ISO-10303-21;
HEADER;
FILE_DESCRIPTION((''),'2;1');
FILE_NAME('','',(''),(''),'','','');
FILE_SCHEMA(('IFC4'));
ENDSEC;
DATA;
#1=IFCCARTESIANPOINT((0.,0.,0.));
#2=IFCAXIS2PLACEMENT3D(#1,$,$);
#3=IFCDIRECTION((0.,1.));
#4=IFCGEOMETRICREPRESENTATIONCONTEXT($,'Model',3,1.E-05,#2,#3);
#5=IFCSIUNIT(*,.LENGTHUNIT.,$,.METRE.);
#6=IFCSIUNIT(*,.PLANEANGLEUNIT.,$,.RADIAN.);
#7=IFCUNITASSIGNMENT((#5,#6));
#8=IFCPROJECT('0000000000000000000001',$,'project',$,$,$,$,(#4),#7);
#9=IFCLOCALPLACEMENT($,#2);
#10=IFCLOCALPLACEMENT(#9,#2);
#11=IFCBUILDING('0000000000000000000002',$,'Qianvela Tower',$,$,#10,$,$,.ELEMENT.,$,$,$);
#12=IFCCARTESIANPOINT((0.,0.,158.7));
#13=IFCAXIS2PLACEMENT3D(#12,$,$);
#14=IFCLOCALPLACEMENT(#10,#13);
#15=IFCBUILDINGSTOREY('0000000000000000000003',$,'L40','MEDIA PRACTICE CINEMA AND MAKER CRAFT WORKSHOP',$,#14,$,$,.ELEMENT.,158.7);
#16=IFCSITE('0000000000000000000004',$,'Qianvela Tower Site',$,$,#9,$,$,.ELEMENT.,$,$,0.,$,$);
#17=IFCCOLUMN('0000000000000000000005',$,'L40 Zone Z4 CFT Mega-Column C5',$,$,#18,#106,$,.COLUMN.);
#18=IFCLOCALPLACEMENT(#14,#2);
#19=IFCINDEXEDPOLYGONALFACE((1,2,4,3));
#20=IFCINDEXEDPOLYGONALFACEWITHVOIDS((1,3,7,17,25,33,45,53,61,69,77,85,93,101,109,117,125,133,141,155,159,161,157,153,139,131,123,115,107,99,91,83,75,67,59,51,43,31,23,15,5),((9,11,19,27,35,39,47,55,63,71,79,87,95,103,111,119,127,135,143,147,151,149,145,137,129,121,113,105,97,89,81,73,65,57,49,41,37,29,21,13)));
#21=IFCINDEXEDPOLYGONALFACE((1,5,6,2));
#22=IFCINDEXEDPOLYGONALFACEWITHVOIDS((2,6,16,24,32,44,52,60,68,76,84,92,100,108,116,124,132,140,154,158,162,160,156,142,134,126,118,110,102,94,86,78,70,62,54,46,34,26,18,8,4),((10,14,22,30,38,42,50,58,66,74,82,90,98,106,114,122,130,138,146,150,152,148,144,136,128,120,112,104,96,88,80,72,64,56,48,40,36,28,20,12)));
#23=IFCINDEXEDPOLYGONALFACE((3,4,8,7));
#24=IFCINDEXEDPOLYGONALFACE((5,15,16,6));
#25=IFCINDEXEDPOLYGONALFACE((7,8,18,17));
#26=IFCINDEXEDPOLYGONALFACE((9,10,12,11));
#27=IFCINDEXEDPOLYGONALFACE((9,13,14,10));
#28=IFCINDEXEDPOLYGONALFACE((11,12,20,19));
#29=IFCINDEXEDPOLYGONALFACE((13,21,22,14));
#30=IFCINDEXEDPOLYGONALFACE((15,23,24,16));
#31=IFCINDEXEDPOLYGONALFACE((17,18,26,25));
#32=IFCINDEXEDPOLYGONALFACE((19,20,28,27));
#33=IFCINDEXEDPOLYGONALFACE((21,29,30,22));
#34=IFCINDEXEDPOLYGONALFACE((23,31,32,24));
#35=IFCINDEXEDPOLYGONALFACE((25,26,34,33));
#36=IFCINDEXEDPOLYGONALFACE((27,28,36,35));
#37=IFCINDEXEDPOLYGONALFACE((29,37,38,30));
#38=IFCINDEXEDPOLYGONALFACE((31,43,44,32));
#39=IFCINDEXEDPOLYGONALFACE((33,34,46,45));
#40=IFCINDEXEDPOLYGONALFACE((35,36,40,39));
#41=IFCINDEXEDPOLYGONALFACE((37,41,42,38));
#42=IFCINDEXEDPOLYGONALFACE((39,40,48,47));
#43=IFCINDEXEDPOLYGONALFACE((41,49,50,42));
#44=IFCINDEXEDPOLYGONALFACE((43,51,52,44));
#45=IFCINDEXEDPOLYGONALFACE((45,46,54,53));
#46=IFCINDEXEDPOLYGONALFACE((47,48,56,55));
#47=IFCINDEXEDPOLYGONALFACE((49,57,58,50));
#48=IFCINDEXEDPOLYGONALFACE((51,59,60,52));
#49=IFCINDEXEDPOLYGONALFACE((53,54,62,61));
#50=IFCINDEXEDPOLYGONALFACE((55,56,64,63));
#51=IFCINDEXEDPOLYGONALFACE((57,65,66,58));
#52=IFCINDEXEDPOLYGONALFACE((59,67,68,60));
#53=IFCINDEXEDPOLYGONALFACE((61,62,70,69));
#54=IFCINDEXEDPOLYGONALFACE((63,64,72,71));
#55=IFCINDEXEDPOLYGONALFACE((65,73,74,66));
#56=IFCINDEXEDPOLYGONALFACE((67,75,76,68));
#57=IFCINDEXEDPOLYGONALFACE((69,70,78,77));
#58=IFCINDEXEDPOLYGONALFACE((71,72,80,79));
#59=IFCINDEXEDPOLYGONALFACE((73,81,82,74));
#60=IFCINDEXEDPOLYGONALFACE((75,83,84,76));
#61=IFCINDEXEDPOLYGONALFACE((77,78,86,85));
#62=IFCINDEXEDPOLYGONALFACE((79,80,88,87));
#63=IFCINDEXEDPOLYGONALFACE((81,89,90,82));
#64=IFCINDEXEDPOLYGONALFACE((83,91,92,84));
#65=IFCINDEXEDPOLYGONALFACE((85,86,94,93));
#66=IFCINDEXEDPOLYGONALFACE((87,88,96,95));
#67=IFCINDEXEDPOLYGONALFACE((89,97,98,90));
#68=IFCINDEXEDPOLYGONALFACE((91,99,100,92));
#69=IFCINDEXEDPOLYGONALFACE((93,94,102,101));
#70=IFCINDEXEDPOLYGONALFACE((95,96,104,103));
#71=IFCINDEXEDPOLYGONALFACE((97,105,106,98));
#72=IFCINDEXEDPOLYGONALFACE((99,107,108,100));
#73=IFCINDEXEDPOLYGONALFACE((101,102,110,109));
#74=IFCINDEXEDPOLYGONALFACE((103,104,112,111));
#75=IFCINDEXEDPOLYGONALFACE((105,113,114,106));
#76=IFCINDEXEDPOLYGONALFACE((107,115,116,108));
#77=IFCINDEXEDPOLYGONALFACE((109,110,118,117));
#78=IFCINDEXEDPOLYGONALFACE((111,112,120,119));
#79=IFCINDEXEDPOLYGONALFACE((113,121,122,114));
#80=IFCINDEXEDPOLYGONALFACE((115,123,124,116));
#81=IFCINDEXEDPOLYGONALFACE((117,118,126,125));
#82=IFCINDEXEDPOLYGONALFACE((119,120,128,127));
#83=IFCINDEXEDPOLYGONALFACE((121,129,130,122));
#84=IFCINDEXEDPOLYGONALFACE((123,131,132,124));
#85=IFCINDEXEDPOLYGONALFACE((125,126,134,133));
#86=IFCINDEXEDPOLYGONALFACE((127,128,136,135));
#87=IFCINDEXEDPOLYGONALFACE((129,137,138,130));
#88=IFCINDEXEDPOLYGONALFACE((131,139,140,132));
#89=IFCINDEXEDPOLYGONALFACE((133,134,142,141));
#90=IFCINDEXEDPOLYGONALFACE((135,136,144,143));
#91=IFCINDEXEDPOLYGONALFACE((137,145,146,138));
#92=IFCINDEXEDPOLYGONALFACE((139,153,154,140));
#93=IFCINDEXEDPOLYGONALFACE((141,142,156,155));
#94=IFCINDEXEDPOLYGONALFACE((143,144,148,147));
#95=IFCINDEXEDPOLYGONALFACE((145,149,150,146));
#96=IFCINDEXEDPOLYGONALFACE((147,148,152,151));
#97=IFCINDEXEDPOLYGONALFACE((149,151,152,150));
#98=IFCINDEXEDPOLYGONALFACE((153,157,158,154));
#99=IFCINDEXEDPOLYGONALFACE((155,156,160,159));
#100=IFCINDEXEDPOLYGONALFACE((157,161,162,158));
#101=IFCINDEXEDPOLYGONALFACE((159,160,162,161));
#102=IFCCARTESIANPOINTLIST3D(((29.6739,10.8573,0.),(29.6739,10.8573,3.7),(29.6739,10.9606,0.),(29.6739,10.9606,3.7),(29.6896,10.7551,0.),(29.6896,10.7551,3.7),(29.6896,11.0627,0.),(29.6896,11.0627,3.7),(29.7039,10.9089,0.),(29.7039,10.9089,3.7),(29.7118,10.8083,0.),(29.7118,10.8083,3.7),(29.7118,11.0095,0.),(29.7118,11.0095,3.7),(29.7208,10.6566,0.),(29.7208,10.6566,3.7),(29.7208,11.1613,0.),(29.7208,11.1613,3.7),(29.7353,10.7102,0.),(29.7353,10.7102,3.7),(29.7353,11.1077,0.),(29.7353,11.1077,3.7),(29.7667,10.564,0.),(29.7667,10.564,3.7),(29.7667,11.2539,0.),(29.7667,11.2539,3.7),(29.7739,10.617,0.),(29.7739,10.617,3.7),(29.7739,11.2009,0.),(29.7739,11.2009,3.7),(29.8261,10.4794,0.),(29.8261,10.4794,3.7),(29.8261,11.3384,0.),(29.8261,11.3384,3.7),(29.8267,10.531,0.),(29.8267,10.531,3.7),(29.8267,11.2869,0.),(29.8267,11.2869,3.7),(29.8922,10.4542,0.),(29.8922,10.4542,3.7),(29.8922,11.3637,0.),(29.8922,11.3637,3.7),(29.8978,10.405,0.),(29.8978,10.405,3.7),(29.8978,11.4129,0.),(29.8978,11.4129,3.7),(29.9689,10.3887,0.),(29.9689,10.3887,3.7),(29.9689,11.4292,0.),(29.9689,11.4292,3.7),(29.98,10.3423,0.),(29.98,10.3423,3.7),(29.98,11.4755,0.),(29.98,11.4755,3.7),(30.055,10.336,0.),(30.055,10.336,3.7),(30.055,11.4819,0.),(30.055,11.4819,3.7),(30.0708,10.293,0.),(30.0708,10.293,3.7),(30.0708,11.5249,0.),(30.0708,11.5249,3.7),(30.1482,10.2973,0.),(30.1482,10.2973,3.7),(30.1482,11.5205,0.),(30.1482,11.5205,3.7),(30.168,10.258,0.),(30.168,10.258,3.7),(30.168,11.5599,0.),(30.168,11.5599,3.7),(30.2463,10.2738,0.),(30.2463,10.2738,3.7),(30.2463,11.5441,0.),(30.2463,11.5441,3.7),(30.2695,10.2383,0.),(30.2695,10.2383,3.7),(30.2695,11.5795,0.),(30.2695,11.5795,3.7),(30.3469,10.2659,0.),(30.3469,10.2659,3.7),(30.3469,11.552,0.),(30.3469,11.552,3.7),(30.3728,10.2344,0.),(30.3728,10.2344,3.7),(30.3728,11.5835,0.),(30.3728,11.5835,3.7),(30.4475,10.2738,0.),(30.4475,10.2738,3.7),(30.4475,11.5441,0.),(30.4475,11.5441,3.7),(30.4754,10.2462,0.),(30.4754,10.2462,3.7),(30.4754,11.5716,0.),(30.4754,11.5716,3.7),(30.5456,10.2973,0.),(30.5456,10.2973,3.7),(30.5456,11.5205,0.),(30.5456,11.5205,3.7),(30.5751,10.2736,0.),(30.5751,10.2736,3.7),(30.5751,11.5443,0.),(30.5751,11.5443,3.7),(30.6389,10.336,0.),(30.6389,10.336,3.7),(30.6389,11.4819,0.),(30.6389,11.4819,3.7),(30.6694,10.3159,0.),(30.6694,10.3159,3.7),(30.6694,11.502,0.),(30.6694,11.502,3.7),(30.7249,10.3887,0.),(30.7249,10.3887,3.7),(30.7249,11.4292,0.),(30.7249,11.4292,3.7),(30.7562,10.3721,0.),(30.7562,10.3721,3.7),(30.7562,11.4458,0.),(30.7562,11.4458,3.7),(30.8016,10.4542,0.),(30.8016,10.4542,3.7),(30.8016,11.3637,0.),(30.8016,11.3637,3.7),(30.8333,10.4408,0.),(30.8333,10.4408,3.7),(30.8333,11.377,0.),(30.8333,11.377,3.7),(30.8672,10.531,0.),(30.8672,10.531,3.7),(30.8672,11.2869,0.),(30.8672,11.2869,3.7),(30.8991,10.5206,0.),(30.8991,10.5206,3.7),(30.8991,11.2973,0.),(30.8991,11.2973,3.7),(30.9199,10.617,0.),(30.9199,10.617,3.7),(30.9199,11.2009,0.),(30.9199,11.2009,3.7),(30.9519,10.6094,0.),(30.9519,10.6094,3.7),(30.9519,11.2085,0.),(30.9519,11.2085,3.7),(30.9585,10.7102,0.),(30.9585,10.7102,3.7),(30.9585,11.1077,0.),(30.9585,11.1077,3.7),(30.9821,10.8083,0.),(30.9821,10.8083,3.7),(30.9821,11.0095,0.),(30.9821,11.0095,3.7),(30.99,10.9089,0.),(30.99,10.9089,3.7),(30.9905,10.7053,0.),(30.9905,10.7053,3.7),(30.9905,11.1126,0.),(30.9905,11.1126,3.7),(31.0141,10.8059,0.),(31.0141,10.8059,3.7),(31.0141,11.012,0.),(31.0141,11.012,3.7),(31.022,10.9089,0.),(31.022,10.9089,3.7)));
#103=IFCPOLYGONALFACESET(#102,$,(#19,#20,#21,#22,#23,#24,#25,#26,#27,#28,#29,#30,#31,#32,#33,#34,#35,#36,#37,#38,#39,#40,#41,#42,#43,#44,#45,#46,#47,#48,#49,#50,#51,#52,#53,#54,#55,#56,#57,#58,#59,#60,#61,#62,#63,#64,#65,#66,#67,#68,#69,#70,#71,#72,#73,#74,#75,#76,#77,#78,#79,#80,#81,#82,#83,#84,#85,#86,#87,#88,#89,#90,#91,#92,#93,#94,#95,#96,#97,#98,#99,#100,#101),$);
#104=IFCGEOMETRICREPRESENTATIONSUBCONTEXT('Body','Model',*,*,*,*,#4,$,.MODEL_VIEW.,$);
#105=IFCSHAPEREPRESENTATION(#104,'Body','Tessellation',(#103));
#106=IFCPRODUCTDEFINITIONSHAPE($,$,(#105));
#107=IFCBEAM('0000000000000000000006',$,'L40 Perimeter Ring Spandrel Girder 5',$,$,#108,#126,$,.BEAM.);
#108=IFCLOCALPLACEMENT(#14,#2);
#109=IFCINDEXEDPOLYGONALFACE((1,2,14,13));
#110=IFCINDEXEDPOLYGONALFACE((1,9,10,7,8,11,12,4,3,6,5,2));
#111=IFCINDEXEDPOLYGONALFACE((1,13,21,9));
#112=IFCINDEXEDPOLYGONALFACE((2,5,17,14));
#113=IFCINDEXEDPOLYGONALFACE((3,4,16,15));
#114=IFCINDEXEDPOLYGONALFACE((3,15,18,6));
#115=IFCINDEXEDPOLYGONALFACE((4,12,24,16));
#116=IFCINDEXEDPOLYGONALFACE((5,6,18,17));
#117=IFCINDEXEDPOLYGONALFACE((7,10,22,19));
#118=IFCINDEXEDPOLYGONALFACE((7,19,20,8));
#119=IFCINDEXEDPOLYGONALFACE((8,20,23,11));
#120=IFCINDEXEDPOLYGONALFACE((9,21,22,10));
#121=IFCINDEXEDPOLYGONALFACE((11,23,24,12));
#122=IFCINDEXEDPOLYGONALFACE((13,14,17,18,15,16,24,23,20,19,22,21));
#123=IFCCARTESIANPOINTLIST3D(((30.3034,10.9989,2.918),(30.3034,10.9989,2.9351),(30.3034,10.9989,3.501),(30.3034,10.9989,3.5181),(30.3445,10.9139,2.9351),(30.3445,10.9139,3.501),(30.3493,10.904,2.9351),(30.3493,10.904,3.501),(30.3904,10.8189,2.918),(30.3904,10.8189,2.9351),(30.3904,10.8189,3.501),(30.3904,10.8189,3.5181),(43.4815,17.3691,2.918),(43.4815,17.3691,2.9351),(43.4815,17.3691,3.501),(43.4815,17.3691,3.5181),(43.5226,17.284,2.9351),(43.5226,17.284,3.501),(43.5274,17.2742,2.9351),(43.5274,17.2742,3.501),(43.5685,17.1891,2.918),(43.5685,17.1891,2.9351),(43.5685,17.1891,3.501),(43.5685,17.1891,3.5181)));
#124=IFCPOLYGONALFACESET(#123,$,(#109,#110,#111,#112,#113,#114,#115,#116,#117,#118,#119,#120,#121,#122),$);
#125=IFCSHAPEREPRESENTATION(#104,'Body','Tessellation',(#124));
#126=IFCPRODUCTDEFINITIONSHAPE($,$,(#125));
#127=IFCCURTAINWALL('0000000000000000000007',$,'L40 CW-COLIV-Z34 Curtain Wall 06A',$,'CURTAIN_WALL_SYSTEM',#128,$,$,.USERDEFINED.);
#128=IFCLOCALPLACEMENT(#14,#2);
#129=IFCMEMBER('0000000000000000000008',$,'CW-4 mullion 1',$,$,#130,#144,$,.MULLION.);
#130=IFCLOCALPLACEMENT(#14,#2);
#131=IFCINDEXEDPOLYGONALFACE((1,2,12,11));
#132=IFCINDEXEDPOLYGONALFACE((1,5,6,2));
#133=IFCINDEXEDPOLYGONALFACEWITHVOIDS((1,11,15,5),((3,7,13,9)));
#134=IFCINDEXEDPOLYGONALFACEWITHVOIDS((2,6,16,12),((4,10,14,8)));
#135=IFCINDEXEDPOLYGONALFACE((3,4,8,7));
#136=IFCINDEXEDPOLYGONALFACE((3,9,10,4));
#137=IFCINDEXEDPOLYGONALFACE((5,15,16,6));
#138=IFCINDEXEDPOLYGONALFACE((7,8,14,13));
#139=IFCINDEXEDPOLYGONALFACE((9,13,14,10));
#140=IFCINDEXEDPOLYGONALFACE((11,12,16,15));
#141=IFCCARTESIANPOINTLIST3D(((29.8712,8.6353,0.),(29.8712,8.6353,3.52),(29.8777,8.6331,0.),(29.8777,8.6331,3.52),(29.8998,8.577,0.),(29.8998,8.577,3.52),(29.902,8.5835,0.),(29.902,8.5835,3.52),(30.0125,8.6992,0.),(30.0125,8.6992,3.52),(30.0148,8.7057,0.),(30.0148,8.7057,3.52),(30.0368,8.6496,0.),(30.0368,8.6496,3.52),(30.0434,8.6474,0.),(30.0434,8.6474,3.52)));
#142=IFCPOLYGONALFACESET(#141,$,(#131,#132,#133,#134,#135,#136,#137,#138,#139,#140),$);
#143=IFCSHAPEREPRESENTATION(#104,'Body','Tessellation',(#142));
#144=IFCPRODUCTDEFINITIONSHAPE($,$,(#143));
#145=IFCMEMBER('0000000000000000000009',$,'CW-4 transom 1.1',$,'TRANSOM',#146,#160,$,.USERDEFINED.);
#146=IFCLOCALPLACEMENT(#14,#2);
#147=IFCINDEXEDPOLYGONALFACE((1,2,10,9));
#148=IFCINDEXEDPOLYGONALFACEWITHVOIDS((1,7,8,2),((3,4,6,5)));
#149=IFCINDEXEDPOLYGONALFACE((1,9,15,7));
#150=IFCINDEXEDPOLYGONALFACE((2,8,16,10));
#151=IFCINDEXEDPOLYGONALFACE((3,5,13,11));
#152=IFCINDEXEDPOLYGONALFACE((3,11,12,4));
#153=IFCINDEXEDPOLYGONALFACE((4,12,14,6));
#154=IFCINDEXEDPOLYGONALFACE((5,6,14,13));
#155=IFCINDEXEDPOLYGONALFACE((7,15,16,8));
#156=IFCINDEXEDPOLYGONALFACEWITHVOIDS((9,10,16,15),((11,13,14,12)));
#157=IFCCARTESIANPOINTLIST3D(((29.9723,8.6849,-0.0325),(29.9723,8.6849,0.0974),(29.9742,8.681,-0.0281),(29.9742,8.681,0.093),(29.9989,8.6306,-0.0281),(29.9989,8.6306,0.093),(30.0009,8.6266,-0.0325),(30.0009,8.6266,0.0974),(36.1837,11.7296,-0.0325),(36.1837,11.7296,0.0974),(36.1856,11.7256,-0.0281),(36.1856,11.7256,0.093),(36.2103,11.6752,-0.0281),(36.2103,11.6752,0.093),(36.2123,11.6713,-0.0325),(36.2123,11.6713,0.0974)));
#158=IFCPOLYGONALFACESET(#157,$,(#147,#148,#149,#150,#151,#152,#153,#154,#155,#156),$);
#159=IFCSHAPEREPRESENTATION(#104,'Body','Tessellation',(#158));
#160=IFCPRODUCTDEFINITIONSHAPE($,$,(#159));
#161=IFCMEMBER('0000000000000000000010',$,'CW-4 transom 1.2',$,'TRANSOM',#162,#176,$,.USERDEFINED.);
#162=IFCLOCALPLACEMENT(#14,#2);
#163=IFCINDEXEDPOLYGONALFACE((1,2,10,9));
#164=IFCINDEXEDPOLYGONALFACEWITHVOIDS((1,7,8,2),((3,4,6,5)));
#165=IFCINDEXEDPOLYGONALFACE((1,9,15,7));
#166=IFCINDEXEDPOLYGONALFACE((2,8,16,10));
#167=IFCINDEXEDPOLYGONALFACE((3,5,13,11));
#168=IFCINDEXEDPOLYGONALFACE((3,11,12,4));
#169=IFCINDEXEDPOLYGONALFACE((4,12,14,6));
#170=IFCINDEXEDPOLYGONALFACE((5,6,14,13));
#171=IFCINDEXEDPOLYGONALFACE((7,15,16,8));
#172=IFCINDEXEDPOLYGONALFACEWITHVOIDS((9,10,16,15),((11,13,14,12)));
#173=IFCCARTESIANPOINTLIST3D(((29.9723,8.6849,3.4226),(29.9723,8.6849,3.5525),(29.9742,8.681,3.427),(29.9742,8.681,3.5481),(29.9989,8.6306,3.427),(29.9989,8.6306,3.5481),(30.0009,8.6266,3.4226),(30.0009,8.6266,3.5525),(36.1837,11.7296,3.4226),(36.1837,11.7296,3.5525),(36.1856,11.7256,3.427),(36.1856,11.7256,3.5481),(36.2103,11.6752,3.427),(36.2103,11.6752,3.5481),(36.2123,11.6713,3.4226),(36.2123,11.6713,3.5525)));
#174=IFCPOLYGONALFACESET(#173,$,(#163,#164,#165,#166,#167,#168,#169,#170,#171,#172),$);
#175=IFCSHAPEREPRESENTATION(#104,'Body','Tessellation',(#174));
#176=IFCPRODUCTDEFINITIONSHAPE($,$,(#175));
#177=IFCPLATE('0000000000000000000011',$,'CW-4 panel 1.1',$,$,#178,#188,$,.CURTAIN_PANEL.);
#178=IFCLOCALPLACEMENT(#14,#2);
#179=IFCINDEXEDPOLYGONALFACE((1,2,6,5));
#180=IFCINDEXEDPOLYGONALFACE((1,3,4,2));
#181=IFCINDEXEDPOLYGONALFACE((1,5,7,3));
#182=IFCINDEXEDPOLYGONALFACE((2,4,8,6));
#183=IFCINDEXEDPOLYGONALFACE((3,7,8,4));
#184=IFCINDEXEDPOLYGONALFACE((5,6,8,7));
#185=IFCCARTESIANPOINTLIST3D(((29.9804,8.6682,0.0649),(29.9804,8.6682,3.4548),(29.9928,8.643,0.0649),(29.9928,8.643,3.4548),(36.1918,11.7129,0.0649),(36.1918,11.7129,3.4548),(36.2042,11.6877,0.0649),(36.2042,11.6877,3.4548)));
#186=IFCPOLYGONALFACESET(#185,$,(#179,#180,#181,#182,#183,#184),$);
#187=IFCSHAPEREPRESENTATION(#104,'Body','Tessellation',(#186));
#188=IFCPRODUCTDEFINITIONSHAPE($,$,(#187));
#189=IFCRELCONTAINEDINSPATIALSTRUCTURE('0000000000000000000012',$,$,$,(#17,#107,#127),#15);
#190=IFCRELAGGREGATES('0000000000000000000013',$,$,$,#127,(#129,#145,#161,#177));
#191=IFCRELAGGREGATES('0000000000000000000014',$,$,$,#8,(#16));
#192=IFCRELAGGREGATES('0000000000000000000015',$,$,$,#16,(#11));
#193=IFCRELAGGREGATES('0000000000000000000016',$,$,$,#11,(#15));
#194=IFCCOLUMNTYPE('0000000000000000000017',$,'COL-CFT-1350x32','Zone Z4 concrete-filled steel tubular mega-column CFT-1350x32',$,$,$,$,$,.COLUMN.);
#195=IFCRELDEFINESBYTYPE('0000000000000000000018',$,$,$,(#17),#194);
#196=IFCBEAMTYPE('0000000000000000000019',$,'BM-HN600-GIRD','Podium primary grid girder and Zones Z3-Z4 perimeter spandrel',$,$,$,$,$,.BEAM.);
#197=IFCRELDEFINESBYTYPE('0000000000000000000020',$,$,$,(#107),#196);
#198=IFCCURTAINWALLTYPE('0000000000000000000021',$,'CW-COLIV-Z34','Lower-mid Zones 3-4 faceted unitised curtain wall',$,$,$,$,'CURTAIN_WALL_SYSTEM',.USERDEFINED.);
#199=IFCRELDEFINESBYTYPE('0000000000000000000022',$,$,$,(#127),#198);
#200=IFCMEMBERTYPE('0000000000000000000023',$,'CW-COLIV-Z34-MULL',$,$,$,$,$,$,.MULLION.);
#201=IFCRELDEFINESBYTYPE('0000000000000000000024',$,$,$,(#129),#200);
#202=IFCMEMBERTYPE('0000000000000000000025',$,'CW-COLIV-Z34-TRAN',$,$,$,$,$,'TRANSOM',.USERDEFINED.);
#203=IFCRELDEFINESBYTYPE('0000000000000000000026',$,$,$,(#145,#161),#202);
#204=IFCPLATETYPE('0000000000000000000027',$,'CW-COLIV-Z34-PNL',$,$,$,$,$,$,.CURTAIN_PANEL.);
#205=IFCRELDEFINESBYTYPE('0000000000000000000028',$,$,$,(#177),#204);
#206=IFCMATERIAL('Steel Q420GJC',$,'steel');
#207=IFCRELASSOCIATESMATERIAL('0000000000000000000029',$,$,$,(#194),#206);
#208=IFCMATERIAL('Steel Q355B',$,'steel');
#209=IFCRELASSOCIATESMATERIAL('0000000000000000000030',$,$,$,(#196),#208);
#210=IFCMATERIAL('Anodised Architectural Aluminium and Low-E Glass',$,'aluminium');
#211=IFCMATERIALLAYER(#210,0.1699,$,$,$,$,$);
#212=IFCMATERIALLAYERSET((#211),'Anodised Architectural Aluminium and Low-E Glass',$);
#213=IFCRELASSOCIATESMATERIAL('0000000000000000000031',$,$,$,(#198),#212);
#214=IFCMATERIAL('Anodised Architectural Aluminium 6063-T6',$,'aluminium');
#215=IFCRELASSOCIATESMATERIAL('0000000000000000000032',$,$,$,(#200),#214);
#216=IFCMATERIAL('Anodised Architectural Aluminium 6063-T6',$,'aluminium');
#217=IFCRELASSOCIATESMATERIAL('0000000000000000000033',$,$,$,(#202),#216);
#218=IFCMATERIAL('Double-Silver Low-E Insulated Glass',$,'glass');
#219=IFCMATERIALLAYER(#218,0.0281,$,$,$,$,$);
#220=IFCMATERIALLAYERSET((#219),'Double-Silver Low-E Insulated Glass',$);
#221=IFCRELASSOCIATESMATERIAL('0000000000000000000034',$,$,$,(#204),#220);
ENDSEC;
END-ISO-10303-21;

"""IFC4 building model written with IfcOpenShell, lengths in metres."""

from ifc_helpers import new_model, si_unit, direction, frame, origin, origin_2d, place, context, subcontext, project, spatial, rectangle, hollow_rectangle, hollow_circle, i_section, extrude, material, layer, layer_set, material_profile, profile_set, type_object, element, aggregate, save


model = new_model("IFC4")

# Units and contexts
model_context = context("Model", 3, precision=1e-05, world=origin(), true_north=direction((0.0, 1.0)))
body_context = subcontext(model_context, "Body", "Model", "MODEL_VIEW")
ifc_project = project(units=[si_unit("LENGTHUNIT", "METRE"), si_unit("PLANEANGLEUNIT", "RADIAN")], contexts=[model_context])

# Site, building, storey
site_placement = place(None, origin())
site = spatial("IfcSite", under=ifc_project, at=site_placement, Name="Qianvela Tower Site", CompositionType="ELEMENT", RefElevation=0.0)
building_placement = place(site_placement, origin())
building = spatial("IfcBuilding", under=site, at=building_placement, Name="Qianvela Tower", CompositionType="ELEMENT")
storey_placement = place(building_placement, frame((0.0, 0.0, 158.7)))
storey = spatial("IfcBuildingStorey", under=building, at=storey_placement, Name="L40", Description="MEDIA PRACTICE CINEMA AND MAKER CRAFT WORKSHOP", CompositionType="ELEMENT", Elevation=158.7)

# Column
ifc_material_1 = material(Name="Steel Q420GJC", Category="steel")
ifc_material_profile_1 = material_profile(ifc_material_1, hollow_circle(Radius=0.675, WallThickness=0.032, at=origin_2d()), Name="CFT-1350x32")
ifc_profile_set_1 = profile_set([ifc_material_profile_1], Name="Steel Q420GJC")
column_type = type_object("IfcColumnType", Name="COL-CFT-1350x32", Description="Zone Z4 concrete-filled steel tubular mega-column CFT-1350x32", PredefinedType="COLUMN", material=ifc_profile_set_1)
column_placement = place(storey_placement, frame((30.3469, 10.9089, 0.0), z_axis=(0.0, 0.0, 1.0), x_axis=(1.0, 0.0, 0.0)))
element("IfcColumn", 1, at=column_placement, inside=storey, type_object=column_type, Name="L40 Zone Z4 CFT Mega-Column C5", PredefinedType="COLUMN", context=body_context, shape_type="SweptSolid", body=[
    extrude(hollow_circle(Radius=0.675, WallThickness=0.032, at=origin_2d()), origin(), (0.0, 0.0, 1.0), 3.7),
])

# Beam
ifc_material_2 = material(Name="Steel Q355B", Category="steel")
ifc_material_profile_2 = material_profile(ifc_material_2, i_section(OverallWidth=0.2, OverallDepth=0.6001, WebThickness=0.011, FlangeThickness=0.0171, at=origin_2d()), Name="HN600x200x11x17")
ifc_profile_set_2 = profile_set([ifc_material_profile_2], Name="Steel Q355B")
beam_type = type_object("IfcBeamType", Name="BM-HN600-GIRD", Description="Podium primary grid girder and Zones Z3-Z4 perimeter spandrel", PredefinedType="BEAM", material=ifc_profile_set_2)
beam_placement = place(storey_placement, frame((30.3469, 10.9089, 3.218), z_axis=(0.900329, 0.435211, 0.0), x_axis=(-0.435211, 0.900329, 0.0)))
element("IfcBeam", 2, at=beam_placement, inside=storey, type_object=beam_type, Name="L40 Perimeter Ring Spandrel Girder 5", PredefinedType="BEAM", context=body_context, shape_type="SweptSolid", body=[
    extrude(i_section(OverallWidth=0.2, OverallDepth=0.6001, WebThickness=0.011, FlangeThickness=0.0171, at=origin_2d()), origin(), (0.0, 0.0, 1.0), 14.637),
])

# Curtain wall, members, plate
ifc_material_3 = material(Name="Anodised Architectural Aluminium and Low-E Glass", Category="aluminium")
ifc_layer_1 = layer(ifc_material_3, 0.1699)
ifc_layer_set_1 = layer_set([ifc_layer_1], Name="Anodised Architectural Aluminium and Low-E Glass")
curtain_wall_type = type_object("IfcCurtainWallType", Name="CW-COLIV-Z34", Description="Lower-mid Zones 3-4 faceted unitised curtain wall", ElementType="CURTAIN_WALL_SYSTEM", PredefinedType="USERDEFINED", material=ifc_layer_set_1)
curtain_wall_placement = place(storey_placement, origin())
curtain_wall = element("IfcCurtainWall", 3, at=curtain_wall_placement, inside=storey, type_object=curtain_wall_type, Name="L40 CW-COLIV-Z34 Curtain Wall 06A", ObjectType="CURTAIN_WALL_SYSTEM", PredefinedType="USERDEFINED")
ifc_material_4 = material(Name="Anodised Architectural Aluminium 6063-T6", Category="aluminium")
ifc_material_profile_3 = material_profile(ifc_material_4, hollow_rectangle(XDim=0.0649, YDim=0.1599, WallThickness=0.0049, at=origin_2d()), Name="ALU-MULL-65x160")
ifc_profile_set_3 = profile_set([ifc_material_profile_3], Name="Anodised Architectural Aluminium 6063-T6")
member_type_1 = type_object("IfcMemberType", Name="CW-COLIV-Z34-MULL", PredefinedType="MULLION", material=ifc_profile_set_3)
member_1_placement = place(storey_placement, frame((29.9573, 8.6414, 0.0), z_axis=(0.0, 0.0, 1.0), x_axis=(-0.440143, 0.897928, 0.0)))
member_1 = element("IfcMember", 4, at=member_1_placement, type_object=member_type_1, Name="CW-4 mullion 1", PredefinedType="MULLION", context=body_context, shape_type="SweptSolid", body=[
    extrude(hollow_rectangle(XDim=0.0649, YDim=0.1599, WallThickness=0.0049, at=origin_2d()), origin(), (0.0, 0.0, 1.0), 3.52),
])
ifc_material_5 = material(Name="Anodised Architectural Aluminium 6063-T6", Category="aluminium")
ifc_material_profile_4 = material_profile(ifc_material_5, hollow_rectangle(XDim=0.0649, YDim=0.1299, WallThickness=0.0044, at=origin_2d()), Name="ALU-TRAN-65x130")
ifc_profile_set_4 = profile_set([ifc_material_profile_4], Name="Anodised Architectural Aluminium 6063-T6")
member_type_2 = type_object("IfcMemberType", Name="CW-COLIV-Z34-TRAN", ElementType="TRANSOM", PredefinedType="USERDEFINED", material=ifc_profile_set_4)
member_2_placement = place(storey_placement, frame((29.9866, 8.6558, 0.0325), z_axis=(0.897929, 0.440141, 0.0), x_axis=(-0.440141, 0.897929, 0.0)))
member_2 = element("IfcMember", 5, at=member_2_placement, type_object=member_type_2, Name="CW-4 transom 1.1", ObjectType="TRANSOM", PredefinedType="USERDEFINED", context=body_context, shape_type="SweptSolid", body=[
    extrude(hollow_rectangle(XDim=0.0649, YDim=0.1299, WallThickness=0.0044, at=origin_2d()), origin(), (0.0, 0.0, 1.0), 6.9175),
])
member_3_placement = place(storey_placement, frame((29.9866, 8.6558, 3.4875), z_axis=(0.897929, 0.440141, 0.0), x_axis=(-0.440141, 0.897929, 0.0)))
member_3 = element("IfcMember", 6, at=member_3_placement, type_object=member_type_2, Name="CW-4 transom 1.2", ObjectType="TRANSOM", PredefinedType="USERDEFINED", context=body_context, shape_type="SweptSolid", body=[
    extrude(hollow_rectangle(XDim=0.0649, YDim=0.1299, WallThickness=0.0044, at=origin_2d()), origin(), (0.0, 0.0, 1.0), 6.9175),
])
ifc_material_6 = material(Name="Double-Silver Low-E Insulated Glass", Category="glass")
ifc_layer_2 = layer(ifc_material_6, 0.0281)
ifc_layer_set_2 = layer_set([ifc_layer_2], Name="Double-Silver Low-E Insulated Glass")
plate_type_1 = type_object("IfcPlateType", Name="CW-COLIV-Z34-PNL", PredefinedType="CURTAIN_PANEL", material=ifc_layer_set_2)
plate_1_placement = place(storey_placement, frame((33.0923, 10.178, 0.0649), z_axis=(0.0, 0.0, 1.0), x_axis=(0.897928, 0.440143, 0.0)))
plate_1 = element("IfcPlate", 7, at=plate_1_placement, type_object=plate_type_1, Name="CW-4 panel 1.1", PredefinedType="CURTAIN_PANEL", context=body_context, shape_type="SweptSolid", body=[
    extrude(rectangle(XDim=6.9175, YDim=0.0281, at=origin_2d()), origin(), (0.0, 0.0, 1.0), 3.3899),
])
aggregate(curtain_wall, [member_1, member_2, member_3, plate_1])

save(model, "model.ifc")
